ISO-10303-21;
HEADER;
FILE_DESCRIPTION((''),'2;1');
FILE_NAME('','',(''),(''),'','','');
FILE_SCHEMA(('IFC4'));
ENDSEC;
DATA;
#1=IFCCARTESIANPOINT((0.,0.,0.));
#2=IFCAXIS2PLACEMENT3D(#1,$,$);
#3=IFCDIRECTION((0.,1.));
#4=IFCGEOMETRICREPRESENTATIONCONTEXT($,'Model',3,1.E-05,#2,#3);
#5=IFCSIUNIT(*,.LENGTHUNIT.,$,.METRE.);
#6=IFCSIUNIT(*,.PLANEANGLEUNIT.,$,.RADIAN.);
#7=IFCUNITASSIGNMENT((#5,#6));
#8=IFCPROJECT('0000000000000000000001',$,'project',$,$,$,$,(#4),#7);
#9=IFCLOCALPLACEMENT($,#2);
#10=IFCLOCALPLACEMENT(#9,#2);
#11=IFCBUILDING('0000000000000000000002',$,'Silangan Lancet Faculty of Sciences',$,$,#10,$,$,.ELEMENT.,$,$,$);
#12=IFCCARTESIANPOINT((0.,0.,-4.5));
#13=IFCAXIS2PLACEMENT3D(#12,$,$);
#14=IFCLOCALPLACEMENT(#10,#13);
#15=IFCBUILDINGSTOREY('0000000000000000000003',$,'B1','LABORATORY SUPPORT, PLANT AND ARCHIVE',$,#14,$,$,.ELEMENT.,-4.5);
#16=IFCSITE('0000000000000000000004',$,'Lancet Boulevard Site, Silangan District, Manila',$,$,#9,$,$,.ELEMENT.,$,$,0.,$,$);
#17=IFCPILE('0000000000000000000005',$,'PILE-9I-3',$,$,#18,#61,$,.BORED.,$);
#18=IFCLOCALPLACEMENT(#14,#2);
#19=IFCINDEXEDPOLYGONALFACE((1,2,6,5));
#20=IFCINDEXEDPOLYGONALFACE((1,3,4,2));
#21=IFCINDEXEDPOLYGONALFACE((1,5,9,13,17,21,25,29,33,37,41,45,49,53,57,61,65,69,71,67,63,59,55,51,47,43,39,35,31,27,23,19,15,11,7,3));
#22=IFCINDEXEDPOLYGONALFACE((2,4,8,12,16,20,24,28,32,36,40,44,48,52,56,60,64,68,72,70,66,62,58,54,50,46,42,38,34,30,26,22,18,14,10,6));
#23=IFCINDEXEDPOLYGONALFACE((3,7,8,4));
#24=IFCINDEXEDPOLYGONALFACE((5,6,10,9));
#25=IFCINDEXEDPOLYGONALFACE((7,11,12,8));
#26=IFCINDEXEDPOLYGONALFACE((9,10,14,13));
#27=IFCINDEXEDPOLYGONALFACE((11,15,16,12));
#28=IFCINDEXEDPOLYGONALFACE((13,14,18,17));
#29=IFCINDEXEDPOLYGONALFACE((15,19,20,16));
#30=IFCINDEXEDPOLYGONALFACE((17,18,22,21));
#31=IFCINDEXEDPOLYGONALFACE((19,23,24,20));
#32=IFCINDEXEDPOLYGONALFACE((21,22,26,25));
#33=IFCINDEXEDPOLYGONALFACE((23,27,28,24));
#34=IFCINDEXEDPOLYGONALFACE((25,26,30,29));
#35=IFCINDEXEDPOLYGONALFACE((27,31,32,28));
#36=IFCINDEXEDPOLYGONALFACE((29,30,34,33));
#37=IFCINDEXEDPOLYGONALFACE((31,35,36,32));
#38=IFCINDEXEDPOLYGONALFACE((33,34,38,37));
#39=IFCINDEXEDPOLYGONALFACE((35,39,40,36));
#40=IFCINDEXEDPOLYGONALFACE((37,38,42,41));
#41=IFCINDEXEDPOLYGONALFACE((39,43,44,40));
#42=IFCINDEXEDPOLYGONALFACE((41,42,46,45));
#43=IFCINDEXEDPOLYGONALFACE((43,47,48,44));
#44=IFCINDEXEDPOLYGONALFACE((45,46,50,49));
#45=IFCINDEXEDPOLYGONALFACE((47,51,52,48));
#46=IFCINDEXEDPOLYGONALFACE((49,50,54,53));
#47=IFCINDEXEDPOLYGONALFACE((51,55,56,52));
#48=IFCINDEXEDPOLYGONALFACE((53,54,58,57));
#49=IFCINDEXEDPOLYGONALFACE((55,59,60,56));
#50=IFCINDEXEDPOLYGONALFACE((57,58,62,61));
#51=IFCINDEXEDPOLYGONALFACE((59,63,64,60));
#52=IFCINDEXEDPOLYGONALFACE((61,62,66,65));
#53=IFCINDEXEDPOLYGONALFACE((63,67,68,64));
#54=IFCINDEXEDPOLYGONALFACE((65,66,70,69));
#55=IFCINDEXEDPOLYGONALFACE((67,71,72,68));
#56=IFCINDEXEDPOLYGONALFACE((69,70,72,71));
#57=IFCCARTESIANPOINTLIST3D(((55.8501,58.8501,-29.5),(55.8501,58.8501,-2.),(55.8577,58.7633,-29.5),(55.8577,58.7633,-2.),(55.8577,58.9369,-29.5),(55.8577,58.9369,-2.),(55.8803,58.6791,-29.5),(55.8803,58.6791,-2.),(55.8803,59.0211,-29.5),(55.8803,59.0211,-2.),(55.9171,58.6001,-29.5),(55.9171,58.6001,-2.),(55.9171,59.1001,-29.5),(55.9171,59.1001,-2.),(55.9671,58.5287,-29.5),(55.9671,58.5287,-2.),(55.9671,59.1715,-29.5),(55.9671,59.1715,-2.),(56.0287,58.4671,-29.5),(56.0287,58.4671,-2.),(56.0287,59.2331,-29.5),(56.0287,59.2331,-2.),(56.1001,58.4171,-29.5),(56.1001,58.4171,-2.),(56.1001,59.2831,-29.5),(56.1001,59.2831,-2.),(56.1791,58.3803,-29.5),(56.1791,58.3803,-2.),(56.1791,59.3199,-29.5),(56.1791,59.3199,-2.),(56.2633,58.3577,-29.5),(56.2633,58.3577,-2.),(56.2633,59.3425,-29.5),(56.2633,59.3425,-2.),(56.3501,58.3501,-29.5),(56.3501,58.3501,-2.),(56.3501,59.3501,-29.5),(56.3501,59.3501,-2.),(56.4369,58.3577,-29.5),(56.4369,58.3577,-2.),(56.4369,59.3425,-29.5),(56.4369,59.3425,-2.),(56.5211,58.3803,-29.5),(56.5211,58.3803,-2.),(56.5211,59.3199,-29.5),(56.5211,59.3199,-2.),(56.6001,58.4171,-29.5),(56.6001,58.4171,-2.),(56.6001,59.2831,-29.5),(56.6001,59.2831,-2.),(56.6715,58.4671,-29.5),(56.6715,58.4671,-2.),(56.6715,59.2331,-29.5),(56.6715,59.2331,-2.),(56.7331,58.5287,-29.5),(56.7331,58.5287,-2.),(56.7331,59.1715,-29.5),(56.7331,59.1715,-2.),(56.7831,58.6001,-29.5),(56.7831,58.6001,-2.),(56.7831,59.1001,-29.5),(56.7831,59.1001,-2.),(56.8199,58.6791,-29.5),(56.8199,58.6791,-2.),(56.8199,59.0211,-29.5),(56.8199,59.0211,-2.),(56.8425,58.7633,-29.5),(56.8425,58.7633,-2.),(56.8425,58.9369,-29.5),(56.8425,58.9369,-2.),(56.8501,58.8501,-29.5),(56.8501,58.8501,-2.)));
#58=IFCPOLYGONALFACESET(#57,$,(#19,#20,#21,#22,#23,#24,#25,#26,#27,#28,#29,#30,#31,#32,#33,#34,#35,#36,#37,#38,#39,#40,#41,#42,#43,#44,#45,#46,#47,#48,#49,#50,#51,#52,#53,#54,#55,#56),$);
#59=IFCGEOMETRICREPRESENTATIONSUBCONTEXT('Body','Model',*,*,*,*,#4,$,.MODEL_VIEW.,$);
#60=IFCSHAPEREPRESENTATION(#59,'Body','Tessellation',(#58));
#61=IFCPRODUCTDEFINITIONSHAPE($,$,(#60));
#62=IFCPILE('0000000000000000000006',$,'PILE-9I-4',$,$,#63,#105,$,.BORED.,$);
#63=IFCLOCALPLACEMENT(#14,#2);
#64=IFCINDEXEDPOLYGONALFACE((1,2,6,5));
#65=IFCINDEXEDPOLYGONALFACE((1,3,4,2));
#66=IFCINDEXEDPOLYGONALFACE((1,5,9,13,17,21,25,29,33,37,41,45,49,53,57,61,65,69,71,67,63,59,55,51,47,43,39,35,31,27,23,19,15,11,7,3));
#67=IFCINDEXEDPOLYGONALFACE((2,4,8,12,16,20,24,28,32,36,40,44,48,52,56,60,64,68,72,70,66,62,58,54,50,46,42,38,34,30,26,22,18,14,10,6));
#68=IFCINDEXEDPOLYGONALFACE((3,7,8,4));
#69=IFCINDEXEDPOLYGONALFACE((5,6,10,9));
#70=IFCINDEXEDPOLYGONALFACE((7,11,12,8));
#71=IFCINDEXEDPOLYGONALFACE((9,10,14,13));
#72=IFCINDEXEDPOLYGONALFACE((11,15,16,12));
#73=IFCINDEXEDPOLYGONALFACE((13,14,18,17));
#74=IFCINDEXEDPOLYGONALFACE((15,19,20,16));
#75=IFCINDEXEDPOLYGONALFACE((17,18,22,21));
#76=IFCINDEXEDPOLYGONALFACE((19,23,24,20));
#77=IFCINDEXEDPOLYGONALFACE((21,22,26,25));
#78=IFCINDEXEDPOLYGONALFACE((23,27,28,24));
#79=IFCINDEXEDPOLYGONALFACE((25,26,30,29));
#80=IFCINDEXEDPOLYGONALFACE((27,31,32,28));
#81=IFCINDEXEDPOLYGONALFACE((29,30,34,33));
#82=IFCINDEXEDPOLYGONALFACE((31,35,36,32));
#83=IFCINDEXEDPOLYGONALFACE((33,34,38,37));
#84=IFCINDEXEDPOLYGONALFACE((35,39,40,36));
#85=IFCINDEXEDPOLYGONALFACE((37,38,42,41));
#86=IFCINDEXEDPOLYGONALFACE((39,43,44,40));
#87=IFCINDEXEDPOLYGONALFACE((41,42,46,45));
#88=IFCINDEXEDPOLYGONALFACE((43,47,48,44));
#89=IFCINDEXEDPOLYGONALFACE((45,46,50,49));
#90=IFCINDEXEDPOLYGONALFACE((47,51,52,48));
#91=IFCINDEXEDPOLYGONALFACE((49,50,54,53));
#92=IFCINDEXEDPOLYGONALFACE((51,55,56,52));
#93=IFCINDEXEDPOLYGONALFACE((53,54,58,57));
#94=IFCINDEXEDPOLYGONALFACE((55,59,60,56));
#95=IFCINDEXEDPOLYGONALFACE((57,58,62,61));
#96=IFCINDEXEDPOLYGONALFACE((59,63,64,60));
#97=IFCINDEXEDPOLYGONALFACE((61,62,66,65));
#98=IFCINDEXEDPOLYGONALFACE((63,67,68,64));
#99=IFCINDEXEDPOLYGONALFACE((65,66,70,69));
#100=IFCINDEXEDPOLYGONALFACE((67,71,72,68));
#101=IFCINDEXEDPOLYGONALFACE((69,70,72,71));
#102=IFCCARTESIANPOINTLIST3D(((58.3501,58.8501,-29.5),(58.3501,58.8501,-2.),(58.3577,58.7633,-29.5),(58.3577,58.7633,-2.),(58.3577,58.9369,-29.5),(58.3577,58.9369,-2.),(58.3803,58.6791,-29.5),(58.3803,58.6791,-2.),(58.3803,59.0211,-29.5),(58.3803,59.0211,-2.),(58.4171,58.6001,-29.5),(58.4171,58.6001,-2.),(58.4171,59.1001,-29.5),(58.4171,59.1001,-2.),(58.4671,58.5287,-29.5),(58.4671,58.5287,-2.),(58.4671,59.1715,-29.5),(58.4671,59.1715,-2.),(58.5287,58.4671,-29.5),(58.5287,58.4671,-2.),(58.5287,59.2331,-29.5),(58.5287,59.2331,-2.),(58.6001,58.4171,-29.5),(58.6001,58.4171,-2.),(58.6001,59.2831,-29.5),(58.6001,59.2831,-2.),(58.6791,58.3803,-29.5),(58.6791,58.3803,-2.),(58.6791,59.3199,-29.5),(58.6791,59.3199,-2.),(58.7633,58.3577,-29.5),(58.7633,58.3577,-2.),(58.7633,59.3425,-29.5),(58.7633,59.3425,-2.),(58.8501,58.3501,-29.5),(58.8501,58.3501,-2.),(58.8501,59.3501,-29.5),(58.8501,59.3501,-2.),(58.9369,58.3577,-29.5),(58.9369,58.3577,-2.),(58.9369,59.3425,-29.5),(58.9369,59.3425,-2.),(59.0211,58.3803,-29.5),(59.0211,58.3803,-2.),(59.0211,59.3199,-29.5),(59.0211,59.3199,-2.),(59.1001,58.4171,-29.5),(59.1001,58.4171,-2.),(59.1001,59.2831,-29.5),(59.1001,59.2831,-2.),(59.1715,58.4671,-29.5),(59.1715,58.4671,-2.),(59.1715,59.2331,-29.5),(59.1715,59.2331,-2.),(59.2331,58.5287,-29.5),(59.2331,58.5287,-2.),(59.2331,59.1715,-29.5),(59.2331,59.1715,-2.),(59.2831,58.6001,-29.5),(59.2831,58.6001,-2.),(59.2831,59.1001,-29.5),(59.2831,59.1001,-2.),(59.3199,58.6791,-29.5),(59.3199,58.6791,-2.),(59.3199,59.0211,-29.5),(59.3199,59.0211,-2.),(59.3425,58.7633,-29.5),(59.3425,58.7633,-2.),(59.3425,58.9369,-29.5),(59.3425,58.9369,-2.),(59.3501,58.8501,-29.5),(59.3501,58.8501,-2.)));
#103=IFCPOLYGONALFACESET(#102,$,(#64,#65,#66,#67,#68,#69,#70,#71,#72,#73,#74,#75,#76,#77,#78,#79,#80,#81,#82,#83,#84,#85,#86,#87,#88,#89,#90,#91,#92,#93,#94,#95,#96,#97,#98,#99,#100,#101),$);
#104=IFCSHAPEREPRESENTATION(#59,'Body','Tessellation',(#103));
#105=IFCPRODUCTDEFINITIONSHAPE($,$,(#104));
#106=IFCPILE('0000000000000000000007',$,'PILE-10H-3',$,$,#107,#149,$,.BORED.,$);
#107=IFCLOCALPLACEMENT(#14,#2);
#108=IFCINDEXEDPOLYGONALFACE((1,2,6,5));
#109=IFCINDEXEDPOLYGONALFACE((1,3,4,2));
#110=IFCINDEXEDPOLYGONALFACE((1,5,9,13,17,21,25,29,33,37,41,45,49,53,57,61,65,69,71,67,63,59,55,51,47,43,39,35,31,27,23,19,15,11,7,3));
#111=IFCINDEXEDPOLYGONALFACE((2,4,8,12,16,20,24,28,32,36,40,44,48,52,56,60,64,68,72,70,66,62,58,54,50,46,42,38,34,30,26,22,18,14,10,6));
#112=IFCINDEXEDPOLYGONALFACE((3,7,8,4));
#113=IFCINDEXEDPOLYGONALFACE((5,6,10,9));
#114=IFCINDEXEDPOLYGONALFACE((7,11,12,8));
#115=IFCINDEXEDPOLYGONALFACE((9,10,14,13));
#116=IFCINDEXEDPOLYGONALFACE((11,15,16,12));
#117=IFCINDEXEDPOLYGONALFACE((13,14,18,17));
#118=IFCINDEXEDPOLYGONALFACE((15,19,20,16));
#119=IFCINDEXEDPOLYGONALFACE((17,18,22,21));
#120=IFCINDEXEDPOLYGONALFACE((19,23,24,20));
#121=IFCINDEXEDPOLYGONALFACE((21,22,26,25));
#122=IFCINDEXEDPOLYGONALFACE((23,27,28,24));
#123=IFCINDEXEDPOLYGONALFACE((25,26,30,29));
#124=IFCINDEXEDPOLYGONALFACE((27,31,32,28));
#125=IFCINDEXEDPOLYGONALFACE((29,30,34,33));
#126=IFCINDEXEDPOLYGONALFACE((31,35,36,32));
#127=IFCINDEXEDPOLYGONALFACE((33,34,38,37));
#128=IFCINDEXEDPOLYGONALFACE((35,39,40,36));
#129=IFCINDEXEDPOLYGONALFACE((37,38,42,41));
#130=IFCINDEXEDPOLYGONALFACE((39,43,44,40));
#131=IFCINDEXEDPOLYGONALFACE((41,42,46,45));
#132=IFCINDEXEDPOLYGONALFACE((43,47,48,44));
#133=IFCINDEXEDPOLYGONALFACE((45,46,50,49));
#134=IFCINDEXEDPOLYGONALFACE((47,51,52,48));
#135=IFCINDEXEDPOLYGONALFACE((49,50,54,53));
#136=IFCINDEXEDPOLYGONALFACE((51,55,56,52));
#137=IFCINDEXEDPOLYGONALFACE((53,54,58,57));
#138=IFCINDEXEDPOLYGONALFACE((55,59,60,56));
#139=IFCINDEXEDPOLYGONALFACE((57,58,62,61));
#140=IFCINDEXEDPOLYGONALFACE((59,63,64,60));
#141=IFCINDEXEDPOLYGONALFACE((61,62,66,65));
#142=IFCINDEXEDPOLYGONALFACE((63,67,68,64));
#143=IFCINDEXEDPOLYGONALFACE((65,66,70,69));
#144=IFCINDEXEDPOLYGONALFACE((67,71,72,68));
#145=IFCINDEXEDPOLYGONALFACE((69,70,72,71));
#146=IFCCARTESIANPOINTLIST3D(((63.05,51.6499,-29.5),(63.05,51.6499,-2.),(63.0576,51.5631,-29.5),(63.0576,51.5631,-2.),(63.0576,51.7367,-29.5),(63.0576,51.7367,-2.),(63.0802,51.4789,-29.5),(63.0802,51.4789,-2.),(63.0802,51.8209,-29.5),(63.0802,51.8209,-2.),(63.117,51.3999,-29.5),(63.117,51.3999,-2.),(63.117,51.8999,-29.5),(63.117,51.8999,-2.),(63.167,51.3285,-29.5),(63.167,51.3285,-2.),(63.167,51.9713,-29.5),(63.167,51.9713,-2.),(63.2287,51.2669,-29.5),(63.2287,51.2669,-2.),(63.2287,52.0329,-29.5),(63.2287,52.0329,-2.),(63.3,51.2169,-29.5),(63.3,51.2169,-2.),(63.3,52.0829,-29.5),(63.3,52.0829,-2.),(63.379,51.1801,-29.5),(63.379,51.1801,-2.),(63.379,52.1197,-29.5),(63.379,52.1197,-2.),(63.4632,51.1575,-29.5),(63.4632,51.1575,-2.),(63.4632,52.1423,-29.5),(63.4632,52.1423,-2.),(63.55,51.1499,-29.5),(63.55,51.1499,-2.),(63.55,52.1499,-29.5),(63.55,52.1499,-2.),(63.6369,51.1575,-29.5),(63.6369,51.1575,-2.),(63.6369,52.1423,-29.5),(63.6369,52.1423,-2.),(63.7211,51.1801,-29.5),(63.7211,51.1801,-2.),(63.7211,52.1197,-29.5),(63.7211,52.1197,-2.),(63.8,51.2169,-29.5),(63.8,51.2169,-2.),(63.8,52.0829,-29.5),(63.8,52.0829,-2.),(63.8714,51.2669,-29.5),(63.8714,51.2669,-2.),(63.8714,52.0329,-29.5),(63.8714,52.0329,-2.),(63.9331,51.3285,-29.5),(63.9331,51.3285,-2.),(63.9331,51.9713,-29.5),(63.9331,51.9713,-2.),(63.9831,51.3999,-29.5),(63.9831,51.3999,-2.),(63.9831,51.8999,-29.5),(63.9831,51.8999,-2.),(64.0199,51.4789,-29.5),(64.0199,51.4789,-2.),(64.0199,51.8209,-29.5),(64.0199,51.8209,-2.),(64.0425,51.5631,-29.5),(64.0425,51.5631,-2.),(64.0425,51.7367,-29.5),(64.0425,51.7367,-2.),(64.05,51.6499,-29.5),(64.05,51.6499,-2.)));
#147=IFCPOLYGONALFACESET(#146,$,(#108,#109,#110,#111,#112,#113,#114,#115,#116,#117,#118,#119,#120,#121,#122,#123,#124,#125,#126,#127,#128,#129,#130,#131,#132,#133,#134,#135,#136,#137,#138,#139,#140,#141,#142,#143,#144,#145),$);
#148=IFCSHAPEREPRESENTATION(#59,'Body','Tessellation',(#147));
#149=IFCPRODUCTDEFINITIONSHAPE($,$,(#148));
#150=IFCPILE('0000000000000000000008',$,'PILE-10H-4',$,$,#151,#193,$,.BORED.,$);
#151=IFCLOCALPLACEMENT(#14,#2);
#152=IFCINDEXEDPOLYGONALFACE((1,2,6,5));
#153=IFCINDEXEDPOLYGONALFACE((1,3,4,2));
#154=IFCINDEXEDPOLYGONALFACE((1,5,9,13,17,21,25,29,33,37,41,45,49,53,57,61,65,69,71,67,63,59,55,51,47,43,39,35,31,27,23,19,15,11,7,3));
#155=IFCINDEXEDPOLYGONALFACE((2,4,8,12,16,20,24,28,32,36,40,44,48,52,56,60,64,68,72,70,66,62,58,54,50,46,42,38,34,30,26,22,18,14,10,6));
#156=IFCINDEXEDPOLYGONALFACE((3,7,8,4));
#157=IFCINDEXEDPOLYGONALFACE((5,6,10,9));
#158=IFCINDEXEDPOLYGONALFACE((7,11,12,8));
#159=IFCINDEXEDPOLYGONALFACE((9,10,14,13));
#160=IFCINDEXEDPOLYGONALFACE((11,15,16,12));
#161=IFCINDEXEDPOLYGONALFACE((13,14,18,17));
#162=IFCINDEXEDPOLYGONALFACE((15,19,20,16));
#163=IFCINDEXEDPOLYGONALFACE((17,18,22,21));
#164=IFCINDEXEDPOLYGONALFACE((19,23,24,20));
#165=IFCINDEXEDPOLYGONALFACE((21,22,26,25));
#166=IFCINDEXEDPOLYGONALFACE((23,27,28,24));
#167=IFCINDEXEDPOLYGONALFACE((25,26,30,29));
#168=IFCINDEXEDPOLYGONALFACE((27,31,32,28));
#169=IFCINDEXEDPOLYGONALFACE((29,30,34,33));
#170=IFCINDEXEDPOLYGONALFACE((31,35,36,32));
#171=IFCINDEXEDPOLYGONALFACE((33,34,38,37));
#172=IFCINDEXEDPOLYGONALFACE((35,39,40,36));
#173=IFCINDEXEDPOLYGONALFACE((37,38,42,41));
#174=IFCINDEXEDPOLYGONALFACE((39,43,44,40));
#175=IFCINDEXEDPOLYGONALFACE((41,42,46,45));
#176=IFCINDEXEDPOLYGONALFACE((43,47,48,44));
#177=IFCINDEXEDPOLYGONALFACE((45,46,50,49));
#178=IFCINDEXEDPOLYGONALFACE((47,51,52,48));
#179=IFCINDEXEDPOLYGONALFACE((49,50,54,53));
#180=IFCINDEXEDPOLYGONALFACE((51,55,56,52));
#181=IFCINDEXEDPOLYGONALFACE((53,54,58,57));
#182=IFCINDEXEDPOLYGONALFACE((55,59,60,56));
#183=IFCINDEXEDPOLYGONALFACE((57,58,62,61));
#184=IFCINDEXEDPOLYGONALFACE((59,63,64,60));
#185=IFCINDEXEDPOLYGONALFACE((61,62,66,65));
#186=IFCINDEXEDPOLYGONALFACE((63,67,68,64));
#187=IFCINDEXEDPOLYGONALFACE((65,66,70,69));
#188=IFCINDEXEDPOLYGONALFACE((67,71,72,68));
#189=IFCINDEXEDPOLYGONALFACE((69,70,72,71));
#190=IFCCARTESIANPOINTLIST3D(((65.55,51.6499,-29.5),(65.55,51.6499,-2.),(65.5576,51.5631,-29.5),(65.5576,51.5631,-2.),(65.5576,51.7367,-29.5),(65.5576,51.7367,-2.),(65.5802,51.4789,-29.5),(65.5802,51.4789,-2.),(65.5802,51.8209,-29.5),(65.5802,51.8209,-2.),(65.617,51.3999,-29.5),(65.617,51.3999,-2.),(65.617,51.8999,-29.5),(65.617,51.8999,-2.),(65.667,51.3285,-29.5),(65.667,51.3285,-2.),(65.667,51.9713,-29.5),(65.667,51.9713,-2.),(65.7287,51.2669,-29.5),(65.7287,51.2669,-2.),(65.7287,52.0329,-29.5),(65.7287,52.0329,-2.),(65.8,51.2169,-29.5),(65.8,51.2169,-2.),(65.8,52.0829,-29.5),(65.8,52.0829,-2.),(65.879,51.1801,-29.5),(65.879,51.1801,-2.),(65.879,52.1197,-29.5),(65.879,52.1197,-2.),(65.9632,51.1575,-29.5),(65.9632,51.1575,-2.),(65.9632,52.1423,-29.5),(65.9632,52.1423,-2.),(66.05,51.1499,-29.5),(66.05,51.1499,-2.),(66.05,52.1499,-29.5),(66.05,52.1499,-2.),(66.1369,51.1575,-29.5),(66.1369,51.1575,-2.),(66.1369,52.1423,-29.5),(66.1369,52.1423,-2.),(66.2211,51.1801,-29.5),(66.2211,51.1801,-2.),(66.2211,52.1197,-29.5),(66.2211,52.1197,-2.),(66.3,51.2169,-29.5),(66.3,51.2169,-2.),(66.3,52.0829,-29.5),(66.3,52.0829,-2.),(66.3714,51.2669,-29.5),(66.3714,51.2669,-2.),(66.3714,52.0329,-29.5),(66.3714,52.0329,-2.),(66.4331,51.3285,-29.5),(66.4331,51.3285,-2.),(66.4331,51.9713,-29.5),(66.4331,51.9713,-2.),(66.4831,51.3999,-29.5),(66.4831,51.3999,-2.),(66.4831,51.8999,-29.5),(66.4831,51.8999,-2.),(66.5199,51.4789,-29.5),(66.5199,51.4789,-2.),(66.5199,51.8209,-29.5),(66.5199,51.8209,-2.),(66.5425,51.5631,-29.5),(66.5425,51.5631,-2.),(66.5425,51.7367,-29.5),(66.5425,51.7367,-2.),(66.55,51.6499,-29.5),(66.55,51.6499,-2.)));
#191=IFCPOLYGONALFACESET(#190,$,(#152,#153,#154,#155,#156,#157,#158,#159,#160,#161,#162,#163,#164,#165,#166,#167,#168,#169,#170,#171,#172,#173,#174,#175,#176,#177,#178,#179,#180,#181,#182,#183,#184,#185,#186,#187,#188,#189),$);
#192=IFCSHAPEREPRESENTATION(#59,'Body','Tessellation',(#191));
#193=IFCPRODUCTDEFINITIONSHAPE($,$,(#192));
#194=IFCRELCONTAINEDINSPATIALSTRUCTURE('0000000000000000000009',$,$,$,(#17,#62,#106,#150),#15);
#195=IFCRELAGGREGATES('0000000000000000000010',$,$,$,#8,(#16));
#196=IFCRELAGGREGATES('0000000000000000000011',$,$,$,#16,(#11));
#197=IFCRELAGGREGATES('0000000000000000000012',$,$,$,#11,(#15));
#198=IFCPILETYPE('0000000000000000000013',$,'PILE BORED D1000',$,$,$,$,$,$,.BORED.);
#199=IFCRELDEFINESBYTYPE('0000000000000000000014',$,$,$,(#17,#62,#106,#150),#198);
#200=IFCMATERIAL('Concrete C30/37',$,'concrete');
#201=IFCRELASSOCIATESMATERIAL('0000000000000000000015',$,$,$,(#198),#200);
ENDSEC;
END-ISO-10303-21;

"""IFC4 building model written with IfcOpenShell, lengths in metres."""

from ifc_helpers import new_model, si_unit, direction, frame, origin, origin_2d, place, context, subcontext, project, spatial, circle, extrude, material, material_profile, profile_set, type_object, element, save


model = new_model("IFC4")

# Units and contexts
model_context = context("Model", 3, precision=1e-05, world=origin(), true_north=direction((0.0, 1.0)))
body_context = subcontext(model_context, "Body", "Model", "MODEL_VIEW")
ifc_project = project(units=[si_unit("LENGTHUNIT", "METRE"), si_unit("PLANEANGLEUNIT", "RADIAN")], contexts=[model_context])

# Site, building, storey
site_placement = place(None, origin())
site = spatial("IfcSite", under=ifc_project, at=site_placement, Name="Lancet Boulevard Site, Silangan District, Manila", CompositionType="ELEMENT", RefElevation=0.0)
building_placement = place(site_placement, origin())
building = spatial("IfcBuilding", under=site, at=building_placement, Name="Silangan Lancet Faculty of Sciences", CompositionType="ELEMENT")
storey_placement = place(building_placement, frame((0.0, 0.0, -4.5)))
storey = spatial("IfcBuildingStorey", under=building, at=storey_placement, Name="B1", Description="LABORATORY SUPPORT, PLANT AND ARCHIVE", CompositionType="ELEMENT", Elevation=-4.5)

# Piles
ifc_material_1 = material(Name="Concrete C30/37", Category="concrete")
ifc_material_profile_1 = material_profile(ifc_material_1, circle(Radius=0.5, at=origin_2d()), Name="BORED PILE D1000")
ifc_profile_set_1 = profile_set([ifc_material_profile_1], Name="Concrete C30/37")
pile_type = type_object("IfcPileType", Name="PILE BORED D1000", PredefinedType="BORED", material=ifc_profile_set_1)
for number, where, z_axis, x_axis, name in (
    (1, (56.3501, 58.8501, -2.0), (0.0, 0.0, -1.0), (1.0, 0.0, 0.0), "PILE-9I-3"),
    (2, (58.8501, 58.8501, -2.0), (0.0, 0.0, -1.0), (1.0, 0.0, 0.0), "PILE-9I-4"),
    (3, (63.55, 51.6499, -2.0), (0.0, 0.0, -1.0), (1.0, 0.0, 0.0), "PILE-10H-3"),
    (4, (66.05, 51.6499, -2.0), (0.0, 0.0, -1.0), (1.0, 0.0, 0.0), "PILE-10H-4"),
):
    element("IfcPile", number, at=place(storey_placement, frame(where, z_axis=z_axis, x_axis=x_axis)), inside=storey, type_object=pile_type, Name=name, PredefinedType="BORED", context=body_context, shape_type="SweptSolid", body=[
        extrude(circle(Radius=0.5, at=origin_2d()), origin(), (0.0, 0.0, 1.0), 27.5),
    ])

save(model, "model.ifc")
